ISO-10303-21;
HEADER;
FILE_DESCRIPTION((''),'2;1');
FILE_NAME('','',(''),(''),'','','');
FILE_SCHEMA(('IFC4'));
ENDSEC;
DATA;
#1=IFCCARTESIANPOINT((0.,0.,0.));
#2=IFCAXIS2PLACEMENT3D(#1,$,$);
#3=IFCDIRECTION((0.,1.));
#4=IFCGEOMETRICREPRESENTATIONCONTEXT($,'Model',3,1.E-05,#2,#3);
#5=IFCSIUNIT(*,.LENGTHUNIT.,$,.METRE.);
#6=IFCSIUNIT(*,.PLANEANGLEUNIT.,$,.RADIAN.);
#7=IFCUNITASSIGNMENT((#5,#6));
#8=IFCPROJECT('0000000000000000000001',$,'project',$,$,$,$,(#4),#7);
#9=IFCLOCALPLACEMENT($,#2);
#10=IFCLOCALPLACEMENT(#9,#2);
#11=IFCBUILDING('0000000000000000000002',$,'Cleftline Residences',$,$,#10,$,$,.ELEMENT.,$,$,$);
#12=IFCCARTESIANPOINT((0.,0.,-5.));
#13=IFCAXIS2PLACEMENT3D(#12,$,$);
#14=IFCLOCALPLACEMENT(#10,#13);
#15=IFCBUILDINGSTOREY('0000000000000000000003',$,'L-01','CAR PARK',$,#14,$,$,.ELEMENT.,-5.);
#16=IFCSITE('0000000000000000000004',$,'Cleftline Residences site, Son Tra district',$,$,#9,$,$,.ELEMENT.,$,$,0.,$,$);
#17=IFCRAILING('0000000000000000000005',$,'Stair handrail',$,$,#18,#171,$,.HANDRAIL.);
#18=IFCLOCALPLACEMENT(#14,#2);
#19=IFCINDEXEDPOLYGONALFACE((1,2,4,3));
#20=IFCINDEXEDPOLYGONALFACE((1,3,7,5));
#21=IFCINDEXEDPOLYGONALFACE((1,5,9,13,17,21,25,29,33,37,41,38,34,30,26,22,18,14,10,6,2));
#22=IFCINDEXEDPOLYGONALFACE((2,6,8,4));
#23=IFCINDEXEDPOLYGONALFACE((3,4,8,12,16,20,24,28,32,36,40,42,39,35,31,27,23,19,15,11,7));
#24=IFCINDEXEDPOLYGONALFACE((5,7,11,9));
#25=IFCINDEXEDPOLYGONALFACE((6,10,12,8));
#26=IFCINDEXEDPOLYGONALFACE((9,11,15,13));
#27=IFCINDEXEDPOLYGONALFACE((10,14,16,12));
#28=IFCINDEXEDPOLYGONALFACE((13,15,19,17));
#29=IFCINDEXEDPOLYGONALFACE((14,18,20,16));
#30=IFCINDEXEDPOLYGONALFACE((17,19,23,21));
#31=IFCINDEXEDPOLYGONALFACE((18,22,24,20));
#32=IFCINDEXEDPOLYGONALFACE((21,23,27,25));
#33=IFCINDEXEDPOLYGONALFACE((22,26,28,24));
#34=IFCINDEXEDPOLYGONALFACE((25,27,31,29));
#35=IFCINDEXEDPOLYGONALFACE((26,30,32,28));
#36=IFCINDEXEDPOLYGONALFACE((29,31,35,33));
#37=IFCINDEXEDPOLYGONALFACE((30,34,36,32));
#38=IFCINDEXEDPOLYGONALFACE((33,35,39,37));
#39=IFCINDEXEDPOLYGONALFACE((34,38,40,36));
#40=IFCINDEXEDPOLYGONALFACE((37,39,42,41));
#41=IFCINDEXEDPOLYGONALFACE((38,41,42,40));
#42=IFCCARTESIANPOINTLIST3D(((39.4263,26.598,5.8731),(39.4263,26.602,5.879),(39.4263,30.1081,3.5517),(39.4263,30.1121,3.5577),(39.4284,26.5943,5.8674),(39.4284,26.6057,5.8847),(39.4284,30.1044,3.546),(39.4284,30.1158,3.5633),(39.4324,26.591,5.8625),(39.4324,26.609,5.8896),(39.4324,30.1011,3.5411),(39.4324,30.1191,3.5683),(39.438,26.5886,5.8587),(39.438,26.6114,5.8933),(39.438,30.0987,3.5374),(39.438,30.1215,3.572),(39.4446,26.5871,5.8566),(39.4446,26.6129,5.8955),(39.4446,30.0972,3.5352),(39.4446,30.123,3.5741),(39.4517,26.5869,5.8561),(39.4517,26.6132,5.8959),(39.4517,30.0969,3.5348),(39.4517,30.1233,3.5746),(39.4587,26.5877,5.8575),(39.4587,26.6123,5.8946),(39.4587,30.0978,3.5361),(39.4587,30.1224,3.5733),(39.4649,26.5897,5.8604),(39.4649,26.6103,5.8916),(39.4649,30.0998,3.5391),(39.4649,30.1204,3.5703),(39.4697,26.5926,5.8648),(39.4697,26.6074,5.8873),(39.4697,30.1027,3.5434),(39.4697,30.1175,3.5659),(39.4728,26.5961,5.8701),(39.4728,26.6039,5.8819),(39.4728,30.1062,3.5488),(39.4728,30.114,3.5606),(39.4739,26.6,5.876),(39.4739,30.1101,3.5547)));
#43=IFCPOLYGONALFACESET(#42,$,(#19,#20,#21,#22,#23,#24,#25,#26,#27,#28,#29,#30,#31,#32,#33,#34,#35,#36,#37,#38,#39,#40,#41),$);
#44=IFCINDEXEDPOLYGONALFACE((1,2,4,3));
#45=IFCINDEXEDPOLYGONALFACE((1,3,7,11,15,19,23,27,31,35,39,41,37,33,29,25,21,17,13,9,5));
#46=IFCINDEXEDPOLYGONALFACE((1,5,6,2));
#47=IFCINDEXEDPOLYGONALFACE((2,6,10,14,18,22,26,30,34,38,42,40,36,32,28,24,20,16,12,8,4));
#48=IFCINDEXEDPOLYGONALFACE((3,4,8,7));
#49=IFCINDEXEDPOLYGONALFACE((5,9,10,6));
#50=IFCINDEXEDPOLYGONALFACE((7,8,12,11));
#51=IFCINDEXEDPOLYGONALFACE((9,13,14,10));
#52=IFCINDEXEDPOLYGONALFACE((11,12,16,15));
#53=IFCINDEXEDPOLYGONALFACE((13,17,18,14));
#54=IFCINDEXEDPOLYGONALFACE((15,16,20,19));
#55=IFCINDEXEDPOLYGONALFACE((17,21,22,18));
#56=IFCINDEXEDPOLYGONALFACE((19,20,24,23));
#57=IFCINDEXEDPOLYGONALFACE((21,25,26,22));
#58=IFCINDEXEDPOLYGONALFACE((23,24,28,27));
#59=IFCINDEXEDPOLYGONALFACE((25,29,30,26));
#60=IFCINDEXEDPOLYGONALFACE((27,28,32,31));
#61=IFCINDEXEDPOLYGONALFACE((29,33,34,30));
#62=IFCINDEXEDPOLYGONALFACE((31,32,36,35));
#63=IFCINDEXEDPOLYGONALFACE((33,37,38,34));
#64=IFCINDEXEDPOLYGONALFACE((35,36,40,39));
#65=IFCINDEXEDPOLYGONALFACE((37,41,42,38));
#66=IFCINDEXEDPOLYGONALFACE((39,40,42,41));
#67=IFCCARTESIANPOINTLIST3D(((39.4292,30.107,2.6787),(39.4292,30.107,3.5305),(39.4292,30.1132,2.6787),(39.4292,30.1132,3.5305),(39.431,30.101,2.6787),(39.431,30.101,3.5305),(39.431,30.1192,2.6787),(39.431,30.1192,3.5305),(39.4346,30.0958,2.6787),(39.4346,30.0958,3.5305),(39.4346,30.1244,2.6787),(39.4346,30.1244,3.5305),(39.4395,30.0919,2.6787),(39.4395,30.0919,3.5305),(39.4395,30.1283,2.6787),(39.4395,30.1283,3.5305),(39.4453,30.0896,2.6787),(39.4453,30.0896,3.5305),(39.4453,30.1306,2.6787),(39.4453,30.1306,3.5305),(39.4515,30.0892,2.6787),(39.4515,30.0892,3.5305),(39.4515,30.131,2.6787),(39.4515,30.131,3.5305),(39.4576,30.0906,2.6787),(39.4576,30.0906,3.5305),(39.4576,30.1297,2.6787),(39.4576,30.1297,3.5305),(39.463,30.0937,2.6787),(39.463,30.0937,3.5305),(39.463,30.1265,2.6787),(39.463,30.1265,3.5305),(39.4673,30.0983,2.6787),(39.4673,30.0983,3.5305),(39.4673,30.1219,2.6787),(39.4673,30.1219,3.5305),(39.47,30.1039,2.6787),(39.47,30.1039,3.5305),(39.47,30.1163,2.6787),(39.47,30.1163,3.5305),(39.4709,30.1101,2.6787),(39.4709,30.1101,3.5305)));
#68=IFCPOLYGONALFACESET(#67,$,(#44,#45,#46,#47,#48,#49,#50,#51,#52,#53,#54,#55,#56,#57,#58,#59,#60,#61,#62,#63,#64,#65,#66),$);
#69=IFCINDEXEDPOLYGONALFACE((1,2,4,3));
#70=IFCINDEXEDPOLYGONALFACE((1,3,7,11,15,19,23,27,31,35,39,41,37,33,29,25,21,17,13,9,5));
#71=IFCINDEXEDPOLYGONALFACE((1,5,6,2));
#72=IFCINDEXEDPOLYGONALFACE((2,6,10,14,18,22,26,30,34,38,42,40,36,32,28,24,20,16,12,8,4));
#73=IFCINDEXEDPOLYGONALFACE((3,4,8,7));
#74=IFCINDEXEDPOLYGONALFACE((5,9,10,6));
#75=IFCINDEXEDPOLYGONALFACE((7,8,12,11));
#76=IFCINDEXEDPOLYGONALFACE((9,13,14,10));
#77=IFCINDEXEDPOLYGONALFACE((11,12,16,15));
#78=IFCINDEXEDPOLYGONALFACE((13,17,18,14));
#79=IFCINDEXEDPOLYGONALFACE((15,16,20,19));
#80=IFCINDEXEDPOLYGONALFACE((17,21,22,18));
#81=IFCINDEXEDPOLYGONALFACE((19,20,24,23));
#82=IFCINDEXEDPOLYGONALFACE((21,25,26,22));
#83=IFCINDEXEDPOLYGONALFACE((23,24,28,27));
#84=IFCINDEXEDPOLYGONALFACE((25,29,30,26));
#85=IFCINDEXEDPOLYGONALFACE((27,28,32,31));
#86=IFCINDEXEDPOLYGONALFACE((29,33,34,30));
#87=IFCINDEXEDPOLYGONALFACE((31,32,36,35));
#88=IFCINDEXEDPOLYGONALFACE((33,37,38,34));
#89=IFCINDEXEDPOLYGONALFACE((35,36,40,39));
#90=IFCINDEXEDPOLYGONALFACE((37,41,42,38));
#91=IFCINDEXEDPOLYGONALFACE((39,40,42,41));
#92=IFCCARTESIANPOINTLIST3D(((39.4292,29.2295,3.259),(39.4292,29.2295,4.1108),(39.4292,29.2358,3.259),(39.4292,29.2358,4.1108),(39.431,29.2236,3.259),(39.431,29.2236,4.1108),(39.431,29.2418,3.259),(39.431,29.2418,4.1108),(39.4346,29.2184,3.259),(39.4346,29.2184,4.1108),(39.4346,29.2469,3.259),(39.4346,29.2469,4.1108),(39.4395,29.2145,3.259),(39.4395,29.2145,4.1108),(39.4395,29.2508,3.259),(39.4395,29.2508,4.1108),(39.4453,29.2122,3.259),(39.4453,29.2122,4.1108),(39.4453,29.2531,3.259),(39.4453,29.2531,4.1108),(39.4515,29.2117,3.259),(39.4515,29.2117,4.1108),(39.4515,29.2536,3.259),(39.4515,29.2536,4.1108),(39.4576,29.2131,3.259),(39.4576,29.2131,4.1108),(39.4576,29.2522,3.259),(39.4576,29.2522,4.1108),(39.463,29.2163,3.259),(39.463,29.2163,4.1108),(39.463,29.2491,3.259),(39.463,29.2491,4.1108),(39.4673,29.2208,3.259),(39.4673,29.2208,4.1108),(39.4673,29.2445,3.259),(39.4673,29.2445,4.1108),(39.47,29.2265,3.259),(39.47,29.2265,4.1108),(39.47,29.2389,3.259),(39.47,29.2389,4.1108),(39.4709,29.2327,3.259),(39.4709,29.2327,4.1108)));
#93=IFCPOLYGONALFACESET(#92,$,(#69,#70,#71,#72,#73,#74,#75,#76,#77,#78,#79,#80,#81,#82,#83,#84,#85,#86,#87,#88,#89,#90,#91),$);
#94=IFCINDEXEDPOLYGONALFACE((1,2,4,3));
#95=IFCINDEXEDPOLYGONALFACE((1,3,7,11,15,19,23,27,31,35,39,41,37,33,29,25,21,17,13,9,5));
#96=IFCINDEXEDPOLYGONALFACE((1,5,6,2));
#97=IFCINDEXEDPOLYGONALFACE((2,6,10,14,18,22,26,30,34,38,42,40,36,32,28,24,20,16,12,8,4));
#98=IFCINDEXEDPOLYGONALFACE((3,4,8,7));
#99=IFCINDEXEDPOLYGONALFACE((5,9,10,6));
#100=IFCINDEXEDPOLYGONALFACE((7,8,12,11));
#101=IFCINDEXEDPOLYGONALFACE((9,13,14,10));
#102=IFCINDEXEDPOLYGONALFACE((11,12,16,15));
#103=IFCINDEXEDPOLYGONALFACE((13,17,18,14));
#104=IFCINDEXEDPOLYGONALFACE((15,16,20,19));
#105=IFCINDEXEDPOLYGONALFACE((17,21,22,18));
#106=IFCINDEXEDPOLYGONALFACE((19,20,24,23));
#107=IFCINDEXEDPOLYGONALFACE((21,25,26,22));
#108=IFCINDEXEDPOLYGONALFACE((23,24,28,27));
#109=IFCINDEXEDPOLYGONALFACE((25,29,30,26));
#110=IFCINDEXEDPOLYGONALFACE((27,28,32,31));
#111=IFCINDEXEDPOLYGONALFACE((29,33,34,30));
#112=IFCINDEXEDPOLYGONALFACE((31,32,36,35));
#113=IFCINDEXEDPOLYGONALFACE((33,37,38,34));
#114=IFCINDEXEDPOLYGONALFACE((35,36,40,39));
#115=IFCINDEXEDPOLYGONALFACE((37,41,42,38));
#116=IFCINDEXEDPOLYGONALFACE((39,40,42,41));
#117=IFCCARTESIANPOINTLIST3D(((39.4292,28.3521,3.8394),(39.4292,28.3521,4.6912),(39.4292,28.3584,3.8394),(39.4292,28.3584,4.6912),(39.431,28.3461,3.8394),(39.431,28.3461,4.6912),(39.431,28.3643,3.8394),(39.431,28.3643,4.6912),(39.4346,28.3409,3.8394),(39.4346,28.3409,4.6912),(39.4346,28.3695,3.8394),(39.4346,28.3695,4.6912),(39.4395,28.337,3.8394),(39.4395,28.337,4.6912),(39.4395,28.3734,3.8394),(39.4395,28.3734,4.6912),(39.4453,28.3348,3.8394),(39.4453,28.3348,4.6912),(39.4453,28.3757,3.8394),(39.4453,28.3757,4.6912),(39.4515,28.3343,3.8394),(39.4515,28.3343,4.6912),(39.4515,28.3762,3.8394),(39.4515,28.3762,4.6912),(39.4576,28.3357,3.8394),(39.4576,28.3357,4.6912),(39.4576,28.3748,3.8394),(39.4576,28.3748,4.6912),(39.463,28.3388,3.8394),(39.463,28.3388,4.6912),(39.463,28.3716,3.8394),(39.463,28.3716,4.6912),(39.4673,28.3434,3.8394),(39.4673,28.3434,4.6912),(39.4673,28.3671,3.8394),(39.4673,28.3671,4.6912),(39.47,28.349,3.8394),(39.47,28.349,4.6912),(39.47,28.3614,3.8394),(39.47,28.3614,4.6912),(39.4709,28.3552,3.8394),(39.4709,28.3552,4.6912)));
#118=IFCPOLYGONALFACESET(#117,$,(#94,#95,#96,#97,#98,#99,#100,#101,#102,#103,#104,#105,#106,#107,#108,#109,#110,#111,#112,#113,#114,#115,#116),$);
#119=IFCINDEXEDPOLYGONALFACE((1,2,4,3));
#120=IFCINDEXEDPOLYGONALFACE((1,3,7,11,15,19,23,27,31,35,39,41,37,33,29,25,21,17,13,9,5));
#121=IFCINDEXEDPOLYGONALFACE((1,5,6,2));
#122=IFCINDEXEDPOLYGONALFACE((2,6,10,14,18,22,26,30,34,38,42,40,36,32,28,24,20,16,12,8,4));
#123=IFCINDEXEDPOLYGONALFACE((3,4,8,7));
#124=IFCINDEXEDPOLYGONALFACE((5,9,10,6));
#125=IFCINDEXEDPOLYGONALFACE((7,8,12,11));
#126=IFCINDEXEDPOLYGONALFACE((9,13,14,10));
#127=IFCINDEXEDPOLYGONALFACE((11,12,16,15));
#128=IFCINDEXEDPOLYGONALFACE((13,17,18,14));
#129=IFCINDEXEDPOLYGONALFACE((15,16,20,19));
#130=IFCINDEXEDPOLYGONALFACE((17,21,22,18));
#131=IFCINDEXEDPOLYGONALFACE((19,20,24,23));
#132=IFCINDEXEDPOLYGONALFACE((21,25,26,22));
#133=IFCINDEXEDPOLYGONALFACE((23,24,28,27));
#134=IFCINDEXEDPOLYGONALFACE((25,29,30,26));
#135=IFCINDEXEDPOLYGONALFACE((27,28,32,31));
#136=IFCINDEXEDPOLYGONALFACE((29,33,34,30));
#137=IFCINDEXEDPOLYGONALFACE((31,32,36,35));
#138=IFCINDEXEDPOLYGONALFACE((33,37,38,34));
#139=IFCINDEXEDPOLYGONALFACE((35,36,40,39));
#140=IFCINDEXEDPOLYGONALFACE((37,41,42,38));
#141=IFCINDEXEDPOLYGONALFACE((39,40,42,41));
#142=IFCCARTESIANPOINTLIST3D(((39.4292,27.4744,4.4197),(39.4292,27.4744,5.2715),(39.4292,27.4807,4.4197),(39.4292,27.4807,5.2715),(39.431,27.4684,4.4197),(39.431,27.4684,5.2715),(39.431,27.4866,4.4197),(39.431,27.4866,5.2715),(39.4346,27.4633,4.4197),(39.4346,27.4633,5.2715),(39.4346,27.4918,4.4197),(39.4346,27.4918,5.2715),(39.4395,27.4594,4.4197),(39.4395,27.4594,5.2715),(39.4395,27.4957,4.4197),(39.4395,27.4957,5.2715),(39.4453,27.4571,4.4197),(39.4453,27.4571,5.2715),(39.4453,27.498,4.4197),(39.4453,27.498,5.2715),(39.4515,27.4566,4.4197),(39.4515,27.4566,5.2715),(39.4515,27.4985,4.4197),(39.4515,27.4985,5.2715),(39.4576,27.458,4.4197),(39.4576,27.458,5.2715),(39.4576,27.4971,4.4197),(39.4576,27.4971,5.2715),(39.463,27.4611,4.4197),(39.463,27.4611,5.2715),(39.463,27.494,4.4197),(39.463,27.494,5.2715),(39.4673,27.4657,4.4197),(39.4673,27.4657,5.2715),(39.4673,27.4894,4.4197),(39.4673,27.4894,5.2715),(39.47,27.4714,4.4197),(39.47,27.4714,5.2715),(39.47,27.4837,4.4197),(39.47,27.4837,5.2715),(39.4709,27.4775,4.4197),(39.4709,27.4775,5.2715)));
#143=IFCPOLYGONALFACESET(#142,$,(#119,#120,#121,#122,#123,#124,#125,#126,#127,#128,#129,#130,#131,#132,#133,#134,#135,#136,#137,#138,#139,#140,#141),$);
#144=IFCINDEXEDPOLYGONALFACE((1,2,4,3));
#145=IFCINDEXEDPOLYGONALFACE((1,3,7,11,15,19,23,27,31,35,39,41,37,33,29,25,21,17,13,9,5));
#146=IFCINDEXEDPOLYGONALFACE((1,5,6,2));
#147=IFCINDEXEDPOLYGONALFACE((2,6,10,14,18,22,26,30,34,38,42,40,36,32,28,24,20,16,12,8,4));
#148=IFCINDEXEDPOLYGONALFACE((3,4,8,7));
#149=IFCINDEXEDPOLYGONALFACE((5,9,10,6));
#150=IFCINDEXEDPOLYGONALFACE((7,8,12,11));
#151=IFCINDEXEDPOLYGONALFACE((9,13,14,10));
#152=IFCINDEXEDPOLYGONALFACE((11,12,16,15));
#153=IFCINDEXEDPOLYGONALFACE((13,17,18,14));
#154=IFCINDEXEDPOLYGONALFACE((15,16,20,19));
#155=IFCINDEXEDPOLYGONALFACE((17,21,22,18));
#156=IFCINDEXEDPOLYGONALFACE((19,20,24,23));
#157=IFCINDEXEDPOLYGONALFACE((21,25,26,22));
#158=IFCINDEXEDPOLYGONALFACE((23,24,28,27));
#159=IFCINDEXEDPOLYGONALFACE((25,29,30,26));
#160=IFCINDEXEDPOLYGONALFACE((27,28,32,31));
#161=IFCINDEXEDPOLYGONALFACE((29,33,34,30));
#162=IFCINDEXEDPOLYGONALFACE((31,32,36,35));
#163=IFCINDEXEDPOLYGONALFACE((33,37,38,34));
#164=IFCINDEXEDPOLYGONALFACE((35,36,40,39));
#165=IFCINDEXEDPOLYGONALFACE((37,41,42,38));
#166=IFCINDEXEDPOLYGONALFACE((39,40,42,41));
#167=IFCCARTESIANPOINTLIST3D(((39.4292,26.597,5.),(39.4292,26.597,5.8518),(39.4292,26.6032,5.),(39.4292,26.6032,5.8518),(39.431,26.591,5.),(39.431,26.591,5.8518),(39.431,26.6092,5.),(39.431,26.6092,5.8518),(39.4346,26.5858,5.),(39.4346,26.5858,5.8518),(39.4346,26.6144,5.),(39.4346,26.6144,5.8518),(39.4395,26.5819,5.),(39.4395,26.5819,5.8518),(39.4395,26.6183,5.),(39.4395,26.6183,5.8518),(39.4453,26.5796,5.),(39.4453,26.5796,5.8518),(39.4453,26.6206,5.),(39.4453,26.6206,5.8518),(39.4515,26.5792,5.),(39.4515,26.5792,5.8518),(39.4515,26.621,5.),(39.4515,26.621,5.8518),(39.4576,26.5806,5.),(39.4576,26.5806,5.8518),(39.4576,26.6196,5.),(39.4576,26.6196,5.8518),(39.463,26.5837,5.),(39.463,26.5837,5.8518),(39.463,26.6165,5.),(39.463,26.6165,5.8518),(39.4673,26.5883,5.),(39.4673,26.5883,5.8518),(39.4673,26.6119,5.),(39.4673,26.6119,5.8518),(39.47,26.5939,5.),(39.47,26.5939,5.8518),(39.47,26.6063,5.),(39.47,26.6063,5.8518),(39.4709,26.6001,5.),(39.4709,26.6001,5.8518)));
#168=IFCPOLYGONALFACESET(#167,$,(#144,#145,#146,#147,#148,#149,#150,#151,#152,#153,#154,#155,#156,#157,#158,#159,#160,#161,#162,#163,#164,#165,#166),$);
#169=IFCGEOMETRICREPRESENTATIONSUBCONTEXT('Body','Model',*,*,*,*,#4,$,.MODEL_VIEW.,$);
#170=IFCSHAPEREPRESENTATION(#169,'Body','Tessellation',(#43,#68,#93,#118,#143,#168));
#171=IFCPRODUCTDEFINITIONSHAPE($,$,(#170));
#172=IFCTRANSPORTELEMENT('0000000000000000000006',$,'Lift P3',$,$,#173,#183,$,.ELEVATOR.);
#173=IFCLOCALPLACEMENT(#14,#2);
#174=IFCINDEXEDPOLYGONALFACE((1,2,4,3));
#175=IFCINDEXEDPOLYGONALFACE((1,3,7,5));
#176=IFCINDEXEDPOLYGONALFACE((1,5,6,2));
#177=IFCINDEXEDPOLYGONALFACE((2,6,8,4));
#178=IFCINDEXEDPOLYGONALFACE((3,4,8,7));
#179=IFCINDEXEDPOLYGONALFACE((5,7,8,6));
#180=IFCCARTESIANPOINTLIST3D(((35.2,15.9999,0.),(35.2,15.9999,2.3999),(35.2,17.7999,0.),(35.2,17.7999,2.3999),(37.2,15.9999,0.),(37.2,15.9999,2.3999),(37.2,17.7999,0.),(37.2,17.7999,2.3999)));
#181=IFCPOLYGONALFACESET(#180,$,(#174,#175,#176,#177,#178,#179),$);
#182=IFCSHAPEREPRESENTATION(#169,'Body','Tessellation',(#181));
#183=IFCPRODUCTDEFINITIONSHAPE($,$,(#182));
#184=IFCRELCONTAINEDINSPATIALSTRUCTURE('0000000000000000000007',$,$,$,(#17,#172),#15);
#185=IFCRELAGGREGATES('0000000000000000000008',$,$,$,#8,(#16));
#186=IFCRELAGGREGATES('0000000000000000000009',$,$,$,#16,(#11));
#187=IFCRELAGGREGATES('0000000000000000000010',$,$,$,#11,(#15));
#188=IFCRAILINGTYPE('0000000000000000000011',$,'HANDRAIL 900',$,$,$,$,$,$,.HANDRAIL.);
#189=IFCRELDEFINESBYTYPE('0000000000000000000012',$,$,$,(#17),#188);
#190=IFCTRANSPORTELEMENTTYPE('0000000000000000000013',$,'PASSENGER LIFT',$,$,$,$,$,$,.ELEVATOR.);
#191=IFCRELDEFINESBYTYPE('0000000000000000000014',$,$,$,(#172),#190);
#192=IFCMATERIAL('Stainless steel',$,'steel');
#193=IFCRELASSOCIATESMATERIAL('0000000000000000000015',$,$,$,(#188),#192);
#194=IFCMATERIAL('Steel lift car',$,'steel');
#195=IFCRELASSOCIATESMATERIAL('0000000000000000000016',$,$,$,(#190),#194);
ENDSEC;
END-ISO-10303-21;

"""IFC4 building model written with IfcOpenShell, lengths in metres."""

from ifc_helpers import new_model, si_unit, direction, frame, origin, origin_2d, place, context, subcontext, project, spatial, rectangle, circle, extrude, material, type_object, element, save


model = new_model("IFC4")

# Units and contexts
model_context = context("Model", 3, precision=1e-05, world=origin(), true_north=direction((0.0, 1.0)))
body_context = subcontext(model_context, "Body", "Model", "MODEL_VIEW")
ifc_project = project(units=[si_unit("LENGTHUNIT", "METRE"), si_unit("PLANEANGLEUNIT", "RADIAN")], contexts=[model_context])

# Site, building, storey
site_placement = place(None, origin())
site = spatial("IfcSite", under=ifc_project, at=site_placement, Name="Cleftline Residences site, Son Tra district", CompositionType="ELEMENT", RefElevation=0.0)
building_placement = place(site_placement, origin())
building = spatial("IfcBuilding", under=site, at=building_placement, Name="Cleftline Residences", CompositionType="ELEMENT")
storey_placement = place(building_placement, frame((0.0, 0.0, -5.0)))
storey = spatial("IfcBuildingStorey", under=building, at=storey_placement, Name="L-01", Description="CAR PARK", CompositionType="ELEMENT", Elevation=-5.0)

# Railing
ifc_material_1 = material(Name="Stainless steel", Category="steel")
railing_type = type_object("IfcRailingType", Name="HANDRAIL 900", PredefinedType="HANDRAIL", material=ifc_material_1)
railing_1_placement = place(storey_placement, frame((39.45, 30.1101, 2.6787)))
element("IfcRailing", 1, at=railing_1_placement, inside=storey, type_object=railing_type, Name="Stair handrail", PredefinedType="HANDRAIL", context=body_context, shape_type="SweptSolid", body=[
    extrude(circle(Radius=0.0239, at=origin_2d()), frame((0.0, 0.0, 0.876), z_axis=(0.0, -0.834097, 0.551617), x_axis=(1.0, 0.0, 0.0)), (0.0, 0.0, 1.0), 4.2083),
    extrude(circle(Radius=0.021, at=origin_2d()), origin(), (0.0, 0.0, 1.0), 0.8518),
    extrude(circle(Radius=0.021, at=origin_2d()), frame((0.0, -0.8774, 0.5803)), (0.0, 0.0, 1.0), 0.8518),
    extrude(circle(Radius=0.021, at=origin_2d()), frame((0.0, -1.7549, 1.1606)), (0.0, 0.0, 1.0), 0.8518),
    extrude(circle(Radius=0.021, at=origin_2d()), frame((0.0, -2.6326, 1.741)), (0.0, 0.0, 1.0), 0.8518),
    extrude(circle(Radius=0.021, at=origin_2d()), frame((0.0, -3.51, 2.3213)), (0.0, 0.0, 1.0), 0.8518),
])

# Transport element
ifc_material_2 = material(Name="Steel lift car", Category="steel")
transport_element_type = type_object("IfcTransportElementType", Name="PASSENGER LIFT", PredefinedType="ELEVATOR", material=ifc_material_2)
transport_element_placement = place(storey_placement, frame((36.2, 16.8999, 0.0), z_axis=(0.0, 0.0, 1.0), x_axis=(1.0, 0.0, 0.0)))
element("IfcTransportElement", 2, at=transport_element_placement, inside=storey, type_object=transport_element_type, Name="Lift P3", PredefinedType="ELEVATOR", context=body_context, shape_type="SweptSolid", body=[
    extrude(rectangle(XDim=2.0, YDim=1.8, at=origin_2d()), origin(), (0.0, 0.0, 1.0), 2.3999),
])

save(model, "model.ifc")
